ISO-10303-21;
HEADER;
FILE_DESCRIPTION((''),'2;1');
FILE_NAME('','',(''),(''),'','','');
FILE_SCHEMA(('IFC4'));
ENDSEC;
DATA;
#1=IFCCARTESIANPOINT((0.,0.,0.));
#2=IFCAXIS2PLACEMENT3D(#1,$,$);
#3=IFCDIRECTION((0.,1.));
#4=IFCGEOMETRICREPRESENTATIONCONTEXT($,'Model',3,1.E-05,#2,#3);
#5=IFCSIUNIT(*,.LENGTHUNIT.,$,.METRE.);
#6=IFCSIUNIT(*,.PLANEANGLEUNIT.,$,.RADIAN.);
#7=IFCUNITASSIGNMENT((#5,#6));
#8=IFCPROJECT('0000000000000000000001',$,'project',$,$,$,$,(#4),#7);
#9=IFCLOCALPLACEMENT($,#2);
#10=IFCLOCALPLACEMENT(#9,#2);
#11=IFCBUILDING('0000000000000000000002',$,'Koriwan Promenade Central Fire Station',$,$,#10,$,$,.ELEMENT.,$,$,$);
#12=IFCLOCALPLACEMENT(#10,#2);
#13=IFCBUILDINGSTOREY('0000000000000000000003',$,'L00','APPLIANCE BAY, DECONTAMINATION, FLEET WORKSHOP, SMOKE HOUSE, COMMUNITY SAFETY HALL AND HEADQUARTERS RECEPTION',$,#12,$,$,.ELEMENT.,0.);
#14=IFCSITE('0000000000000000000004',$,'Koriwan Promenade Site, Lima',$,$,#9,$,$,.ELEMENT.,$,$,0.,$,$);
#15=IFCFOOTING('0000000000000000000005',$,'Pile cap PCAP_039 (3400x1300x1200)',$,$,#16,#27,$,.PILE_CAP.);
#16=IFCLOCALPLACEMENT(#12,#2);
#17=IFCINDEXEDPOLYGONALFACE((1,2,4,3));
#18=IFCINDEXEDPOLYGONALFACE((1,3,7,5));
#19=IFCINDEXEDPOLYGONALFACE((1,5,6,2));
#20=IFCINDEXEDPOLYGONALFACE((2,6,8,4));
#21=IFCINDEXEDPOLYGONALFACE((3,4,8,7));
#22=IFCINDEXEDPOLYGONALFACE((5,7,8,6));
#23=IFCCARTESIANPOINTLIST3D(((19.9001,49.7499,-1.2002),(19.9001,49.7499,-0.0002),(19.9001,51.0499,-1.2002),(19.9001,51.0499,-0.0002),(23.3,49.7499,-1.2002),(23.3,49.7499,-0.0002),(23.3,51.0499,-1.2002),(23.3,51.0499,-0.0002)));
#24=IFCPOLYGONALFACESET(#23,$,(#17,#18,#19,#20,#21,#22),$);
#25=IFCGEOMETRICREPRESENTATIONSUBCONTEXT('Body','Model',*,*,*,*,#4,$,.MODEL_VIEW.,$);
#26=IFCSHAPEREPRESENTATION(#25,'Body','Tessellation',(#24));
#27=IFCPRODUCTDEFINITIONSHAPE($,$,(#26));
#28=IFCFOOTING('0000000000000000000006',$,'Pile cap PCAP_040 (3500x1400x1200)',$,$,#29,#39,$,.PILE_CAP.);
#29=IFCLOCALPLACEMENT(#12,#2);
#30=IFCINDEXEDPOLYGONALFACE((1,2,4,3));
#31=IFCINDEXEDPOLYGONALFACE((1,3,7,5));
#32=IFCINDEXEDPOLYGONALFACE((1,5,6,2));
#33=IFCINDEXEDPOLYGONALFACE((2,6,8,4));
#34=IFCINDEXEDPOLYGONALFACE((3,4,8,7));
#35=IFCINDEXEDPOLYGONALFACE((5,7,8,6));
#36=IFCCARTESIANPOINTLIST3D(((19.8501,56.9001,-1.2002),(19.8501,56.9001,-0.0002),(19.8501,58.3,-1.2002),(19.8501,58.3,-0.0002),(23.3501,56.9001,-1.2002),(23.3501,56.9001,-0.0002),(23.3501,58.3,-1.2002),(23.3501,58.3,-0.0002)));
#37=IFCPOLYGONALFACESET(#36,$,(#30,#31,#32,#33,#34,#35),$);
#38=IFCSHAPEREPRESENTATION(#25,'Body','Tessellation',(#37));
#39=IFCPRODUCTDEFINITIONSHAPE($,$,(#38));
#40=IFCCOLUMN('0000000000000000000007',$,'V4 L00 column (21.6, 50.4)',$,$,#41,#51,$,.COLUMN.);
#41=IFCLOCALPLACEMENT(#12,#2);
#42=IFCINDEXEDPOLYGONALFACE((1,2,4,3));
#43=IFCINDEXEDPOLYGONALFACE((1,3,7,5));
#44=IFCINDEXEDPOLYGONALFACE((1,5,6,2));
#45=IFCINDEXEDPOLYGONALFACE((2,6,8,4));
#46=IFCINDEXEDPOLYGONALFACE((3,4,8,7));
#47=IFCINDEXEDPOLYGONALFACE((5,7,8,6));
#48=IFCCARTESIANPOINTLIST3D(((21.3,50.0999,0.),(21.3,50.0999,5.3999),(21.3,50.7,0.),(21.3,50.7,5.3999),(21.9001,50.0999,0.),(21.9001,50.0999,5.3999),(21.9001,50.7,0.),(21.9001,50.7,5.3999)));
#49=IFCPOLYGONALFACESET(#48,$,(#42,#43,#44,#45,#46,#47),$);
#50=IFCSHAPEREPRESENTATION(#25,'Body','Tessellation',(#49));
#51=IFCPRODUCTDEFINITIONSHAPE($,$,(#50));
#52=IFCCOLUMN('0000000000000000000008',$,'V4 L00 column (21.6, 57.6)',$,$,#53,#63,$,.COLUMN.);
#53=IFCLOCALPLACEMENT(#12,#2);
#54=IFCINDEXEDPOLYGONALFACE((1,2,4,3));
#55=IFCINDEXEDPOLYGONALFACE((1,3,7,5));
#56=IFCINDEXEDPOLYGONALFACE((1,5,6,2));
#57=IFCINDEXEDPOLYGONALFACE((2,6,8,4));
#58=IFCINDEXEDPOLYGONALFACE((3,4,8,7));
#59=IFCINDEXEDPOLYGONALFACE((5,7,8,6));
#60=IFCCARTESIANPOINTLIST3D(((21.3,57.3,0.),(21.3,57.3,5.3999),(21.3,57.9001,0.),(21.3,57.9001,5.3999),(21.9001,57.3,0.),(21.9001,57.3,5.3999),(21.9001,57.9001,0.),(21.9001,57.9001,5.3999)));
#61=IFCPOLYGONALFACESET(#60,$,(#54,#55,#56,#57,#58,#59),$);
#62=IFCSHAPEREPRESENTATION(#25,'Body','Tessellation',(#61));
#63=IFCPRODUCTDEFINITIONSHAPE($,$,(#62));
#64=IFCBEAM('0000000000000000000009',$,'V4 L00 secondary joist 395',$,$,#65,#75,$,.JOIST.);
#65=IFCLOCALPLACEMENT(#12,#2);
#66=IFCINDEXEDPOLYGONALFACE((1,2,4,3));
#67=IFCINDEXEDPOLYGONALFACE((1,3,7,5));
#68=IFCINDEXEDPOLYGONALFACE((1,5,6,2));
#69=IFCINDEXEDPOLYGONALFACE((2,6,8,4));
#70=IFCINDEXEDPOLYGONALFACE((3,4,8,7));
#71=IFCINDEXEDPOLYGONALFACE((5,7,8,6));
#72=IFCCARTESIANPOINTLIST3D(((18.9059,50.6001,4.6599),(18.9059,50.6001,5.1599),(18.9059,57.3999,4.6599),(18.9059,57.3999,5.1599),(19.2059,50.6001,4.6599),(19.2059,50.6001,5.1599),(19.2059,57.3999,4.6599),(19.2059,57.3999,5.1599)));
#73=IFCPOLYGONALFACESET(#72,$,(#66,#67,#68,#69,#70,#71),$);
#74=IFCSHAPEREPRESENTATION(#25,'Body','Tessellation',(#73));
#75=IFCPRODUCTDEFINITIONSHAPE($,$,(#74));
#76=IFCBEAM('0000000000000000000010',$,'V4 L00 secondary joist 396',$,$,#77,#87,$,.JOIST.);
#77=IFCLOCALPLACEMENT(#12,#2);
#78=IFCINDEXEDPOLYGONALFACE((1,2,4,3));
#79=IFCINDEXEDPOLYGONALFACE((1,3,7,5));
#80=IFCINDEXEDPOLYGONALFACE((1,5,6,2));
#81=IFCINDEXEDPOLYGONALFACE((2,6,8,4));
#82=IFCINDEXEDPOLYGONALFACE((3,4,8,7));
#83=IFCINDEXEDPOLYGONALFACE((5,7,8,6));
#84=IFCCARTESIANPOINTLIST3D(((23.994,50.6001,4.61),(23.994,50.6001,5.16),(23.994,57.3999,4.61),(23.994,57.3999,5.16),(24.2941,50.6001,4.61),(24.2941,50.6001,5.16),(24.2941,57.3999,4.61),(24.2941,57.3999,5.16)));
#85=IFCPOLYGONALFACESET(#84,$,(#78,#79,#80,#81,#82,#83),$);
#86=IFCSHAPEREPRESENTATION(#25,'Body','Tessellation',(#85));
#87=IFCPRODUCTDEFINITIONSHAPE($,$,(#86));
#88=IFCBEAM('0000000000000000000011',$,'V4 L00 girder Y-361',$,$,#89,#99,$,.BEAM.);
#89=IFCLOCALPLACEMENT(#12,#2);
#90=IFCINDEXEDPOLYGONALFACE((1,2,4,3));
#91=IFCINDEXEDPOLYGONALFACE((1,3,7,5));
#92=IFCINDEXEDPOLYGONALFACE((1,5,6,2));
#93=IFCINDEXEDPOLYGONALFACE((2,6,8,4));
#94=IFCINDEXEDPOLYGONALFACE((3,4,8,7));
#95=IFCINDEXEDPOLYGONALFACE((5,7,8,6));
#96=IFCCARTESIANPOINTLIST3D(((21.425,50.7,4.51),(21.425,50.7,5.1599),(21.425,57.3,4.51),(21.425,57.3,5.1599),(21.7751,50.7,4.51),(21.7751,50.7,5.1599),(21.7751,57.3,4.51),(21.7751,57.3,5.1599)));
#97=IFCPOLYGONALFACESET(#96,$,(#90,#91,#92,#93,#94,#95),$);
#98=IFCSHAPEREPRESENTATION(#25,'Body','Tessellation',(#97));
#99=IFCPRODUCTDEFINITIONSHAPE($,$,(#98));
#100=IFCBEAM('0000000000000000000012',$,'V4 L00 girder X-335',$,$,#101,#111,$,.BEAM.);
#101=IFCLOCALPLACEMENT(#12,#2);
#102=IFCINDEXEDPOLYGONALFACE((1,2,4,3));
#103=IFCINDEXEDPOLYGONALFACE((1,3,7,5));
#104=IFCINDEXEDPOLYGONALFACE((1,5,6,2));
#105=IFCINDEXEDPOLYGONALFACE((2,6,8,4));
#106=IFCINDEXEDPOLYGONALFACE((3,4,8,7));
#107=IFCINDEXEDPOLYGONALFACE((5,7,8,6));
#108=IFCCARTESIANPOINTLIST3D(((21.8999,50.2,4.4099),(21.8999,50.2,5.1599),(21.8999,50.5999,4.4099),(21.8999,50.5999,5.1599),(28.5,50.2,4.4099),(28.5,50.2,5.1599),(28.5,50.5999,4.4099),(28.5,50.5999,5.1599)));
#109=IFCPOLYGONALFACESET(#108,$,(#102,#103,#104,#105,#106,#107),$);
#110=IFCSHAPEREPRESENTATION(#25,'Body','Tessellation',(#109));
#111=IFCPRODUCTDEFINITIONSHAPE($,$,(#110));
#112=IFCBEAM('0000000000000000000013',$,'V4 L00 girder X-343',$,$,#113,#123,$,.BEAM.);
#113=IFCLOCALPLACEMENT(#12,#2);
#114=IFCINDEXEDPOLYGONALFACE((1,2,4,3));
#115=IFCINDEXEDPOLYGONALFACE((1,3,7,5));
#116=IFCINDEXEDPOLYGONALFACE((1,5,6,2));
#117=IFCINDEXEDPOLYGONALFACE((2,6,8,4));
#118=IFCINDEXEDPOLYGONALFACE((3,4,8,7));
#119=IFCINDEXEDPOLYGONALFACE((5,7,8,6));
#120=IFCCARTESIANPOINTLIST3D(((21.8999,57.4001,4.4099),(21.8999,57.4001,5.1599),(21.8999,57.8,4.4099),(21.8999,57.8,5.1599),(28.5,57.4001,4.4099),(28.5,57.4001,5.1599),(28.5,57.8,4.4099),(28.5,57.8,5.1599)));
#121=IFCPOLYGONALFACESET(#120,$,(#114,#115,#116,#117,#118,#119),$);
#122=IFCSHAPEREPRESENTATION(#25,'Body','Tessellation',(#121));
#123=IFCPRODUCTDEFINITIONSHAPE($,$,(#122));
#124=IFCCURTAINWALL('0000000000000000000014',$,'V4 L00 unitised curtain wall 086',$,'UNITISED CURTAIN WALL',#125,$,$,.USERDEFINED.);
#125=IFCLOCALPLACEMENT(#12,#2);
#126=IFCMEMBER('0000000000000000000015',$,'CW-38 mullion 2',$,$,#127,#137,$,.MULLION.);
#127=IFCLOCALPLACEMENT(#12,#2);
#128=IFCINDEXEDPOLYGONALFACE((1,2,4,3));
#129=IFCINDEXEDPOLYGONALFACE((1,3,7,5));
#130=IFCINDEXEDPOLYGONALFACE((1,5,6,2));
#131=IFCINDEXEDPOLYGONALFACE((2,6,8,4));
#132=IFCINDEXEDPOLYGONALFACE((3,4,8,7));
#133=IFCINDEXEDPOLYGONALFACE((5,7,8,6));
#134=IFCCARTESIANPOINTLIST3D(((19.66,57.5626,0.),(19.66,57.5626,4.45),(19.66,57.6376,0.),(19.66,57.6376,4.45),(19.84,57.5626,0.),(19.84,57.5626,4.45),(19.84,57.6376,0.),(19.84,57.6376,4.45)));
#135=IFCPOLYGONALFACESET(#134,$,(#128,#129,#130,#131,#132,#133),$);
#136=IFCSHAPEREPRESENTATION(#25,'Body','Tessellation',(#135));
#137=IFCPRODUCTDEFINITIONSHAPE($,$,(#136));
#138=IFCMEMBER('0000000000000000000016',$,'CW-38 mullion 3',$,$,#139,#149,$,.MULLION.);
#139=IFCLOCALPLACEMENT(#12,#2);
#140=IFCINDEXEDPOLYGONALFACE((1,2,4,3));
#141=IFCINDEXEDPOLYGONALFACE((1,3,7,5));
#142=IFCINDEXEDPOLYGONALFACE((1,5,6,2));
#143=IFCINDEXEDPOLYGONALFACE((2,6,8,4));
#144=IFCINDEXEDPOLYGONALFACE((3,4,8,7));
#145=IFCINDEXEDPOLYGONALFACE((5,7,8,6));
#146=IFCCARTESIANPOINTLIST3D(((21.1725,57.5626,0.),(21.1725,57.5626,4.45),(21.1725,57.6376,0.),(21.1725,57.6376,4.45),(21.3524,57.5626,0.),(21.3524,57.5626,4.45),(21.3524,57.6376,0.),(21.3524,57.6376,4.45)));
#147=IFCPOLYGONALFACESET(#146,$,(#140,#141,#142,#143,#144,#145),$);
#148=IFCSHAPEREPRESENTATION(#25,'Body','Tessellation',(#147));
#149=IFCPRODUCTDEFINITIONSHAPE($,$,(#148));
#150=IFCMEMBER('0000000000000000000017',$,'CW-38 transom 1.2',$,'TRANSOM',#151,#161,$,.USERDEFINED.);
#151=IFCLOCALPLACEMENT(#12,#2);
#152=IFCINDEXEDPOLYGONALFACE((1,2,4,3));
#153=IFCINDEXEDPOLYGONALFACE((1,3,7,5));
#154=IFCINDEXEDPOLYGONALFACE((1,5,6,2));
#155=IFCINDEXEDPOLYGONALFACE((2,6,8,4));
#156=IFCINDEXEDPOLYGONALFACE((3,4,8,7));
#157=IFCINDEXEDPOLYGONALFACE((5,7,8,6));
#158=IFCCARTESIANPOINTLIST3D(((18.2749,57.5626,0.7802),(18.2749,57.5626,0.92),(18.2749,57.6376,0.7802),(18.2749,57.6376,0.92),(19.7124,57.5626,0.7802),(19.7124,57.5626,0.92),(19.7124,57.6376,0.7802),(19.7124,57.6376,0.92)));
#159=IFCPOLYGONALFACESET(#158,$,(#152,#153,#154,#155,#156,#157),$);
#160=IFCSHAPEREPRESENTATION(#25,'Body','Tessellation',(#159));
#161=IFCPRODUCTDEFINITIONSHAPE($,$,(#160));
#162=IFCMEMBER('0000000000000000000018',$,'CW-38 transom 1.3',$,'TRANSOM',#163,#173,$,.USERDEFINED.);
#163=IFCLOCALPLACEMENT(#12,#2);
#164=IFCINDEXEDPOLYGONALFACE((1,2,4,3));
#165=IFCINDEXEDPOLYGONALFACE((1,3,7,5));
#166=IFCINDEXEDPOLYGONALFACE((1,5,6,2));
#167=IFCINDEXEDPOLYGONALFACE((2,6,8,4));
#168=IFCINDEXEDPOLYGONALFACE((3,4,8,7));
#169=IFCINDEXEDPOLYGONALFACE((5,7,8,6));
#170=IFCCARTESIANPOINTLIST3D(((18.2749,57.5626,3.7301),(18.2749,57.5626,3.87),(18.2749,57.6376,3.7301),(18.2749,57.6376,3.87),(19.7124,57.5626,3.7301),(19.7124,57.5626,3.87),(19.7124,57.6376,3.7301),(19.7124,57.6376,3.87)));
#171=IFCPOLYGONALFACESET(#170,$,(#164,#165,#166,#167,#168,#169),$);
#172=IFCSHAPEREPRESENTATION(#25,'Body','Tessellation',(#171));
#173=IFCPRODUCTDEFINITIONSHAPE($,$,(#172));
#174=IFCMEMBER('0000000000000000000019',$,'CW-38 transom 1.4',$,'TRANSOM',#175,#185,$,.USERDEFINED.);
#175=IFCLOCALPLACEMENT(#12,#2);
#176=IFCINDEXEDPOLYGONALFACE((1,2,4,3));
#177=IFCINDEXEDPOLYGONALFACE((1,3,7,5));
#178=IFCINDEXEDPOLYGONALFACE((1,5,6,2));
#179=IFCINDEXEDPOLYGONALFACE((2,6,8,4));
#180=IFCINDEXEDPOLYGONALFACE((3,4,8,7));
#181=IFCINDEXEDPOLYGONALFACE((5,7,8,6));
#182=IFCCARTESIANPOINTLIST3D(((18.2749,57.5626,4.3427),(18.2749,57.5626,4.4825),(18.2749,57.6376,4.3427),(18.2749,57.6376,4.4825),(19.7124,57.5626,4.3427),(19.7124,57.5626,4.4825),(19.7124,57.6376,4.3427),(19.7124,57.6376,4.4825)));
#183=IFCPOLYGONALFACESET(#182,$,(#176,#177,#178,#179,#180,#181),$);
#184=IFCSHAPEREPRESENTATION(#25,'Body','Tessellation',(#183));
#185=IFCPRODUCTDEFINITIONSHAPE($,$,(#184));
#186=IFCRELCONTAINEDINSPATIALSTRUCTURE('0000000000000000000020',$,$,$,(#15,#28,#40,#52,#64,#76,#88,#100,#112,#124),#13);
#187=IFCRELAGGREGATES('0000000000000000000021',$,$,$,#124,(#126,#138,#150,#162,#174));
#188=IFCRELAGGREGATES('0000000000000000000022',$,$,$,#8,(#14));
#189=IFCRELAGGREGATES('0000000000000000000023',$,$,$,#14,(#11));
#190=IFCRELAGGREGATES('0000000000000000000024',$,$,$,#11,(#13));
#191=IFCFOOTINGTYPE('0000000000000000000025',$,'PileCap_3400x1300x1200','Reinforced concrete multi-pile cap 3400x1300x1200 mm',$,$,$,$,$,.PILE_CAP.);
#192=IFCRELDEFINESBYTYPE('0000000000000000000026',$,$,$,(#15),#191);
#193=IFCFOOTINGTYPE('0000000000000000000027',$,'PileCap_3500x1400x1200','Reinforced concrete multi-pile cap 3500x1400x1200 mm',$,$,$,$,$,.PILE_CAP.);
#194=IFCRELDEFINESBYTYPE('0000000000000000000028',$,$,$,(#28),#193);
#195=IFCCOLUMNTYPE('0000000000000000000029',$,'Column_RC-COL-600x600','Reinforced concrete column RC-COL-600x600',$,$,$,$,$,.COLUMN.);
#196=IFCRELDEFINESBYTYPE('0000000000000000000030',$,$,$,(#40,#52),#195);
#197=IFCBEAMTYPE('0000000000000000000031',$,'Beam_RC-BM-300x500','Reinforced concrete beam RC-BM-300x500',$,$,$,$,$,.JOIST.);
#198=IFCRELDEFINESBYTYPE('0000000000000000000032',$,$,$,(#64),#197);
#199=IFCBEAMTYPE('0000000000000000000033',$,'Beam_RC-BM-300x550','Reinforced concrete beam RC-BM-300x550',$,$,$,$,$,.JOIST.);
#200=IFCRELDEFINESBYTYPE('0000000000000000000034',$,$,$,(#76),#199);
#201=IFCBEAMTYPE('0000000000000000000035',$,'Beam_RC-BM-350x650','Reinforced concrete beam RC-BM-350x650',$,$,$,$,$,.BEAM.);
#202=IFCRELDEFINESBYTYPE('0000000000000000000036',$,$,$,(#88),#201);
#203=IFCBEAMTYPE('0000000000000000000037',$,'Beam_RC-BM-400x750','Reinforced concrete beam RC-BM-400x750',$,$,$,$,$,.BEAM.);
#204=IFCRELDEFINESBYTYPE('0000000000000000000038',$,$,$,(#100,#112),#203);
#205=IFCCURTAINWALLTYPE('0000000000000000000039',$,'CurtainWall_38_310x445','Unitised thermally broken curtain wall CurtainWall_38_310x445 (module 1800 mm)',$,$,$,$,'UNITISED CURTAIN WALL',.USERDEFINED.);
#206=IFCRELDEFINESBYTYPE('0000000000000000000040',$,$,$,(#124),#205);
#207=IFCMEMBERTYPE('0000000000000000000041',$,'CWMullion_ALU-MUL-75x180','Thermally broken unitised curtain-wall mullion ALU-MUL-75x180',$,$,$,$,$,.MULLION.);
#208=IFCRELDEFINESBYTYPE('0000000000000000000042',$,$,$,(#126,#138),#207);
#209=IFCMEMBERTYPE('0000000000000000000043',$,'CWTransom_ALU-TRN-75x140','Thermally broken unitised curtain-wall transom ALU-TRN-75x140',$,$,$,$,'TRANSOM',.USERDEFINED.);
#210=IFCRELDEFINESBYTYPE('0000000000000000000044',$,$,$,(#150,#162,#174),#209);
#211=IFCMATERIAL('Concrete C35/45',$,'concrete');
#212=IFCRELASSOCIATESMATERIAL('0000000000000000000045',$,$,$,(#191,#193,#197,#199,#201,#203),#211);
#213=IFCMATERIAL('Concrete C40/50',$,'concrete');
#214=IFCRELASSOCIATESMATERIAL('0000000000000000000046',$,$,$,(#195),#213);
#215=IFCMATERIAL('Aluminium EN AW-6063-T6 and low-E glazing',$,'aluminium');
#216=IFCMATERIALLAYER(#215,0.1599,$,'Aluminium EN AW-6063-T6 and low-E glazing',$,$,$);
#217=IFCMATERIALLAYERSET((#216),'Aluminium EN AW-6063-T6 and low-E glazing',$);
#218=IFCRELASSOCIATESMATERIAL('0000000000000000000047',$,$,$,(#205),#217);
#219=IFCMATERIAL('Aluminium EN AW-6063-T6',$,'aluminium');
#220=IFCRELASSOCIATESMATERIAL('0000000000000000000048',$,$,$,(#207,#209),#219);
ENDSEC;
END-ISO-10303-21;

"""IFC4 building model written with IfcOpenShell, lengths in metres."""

from ifc_helpers import new_model, si_unit, direction, frame, origin, origin_2d, place, context, subcontext, project, spatial, rectangle, extrude, material, layer, layer_set, material_profile, profile_set, type_object, element, aggregate, save


model = new_model("IFC4")

# Units and contexts
model_context = context("Model", 3, precision=1e-05, world=origin(), true_north=direction((0.0, 1.0)))
body_context = subcontext(model_context, "Body", "Model", "MODEL_VIEW")
ifc_project = project(units=[si_unit("LENGTHUNIT", "METRE"), si_unit("PLANEANGLEUNIT", "RADIAN")], contexts=[model_context])

# Site, building, storey
site_placement = place(None, origin())
site = spatial("IfcSite", under=ifc_project, at=site_placement, Name="Koriwan Promenade Site, Lima", CompositionType="ELEMENT", RefElevation=0.0)
building_placement = place(site_placement, origin())
building = spatial("IfcBuilding", under=site, at=building_placement, Name="Koriwan Promenade Central Fire Station", CompositionType="ELEMENT")
storey_placement = place(building_placement, origin())
storey = spatial("IfcBuildingStorey", under=building, at=storey_placement, Name="L00", Description="APPLIANCE BAY, DECONTAMINATION, FLEET WORKSHOP, SMOKE HOUSE, COMMUNITY SAFETY HALL AND HEADQUARTERS RECEPTION", CompositionType="ELEMENT", Elevation=0.0)

# Shared definitions
ifc_material_1 = material(Name="Concrete C35/45", Category="concrete")

# Footings
footing_type_1 = type_object("IfcFootingType", Name="PileCap_3400x1300x1200", Description="Reinforced concrete multi-pile cap 3400x1300x1200 mm", PredefinedType="PILE_CAP", material=ifc_material_1)
footing_1_placement = place(storey_placement, frame((21.6001, 50.3999, -1.2002), z_axis=(0.0, 0.0, 1.0), x_axis=(1.0, 0.0, 0.0)))
element("IfcFooting", 1, at=footing_1_placement, inside=storey, type_object=footing_type_1, Name="Pile cap PCAP_039 (3400x1300x1200)", PredefinedType="PILE_CAP", context=body_context, shape_type="SweptSolid", body=[
    extrude(rectangle(XDim=3.3999, YDim=1.3, at=origin_2d()), origin(), (0.0, 0.0, 1.0), 1.2),
])
footing_type_2 = type_object("IfcFootingType", Name="PileCap_3500x1400x1200", Description="Reinforced concrete multi-pile cap 3500x1400x1200 mm", PredefinedType="PILE_CAP", material=ifc_material_1)
footing_2_placement = place(storey_placement, frame((21.6001, 57.6001, -1.2002), z_axis=(0.0, 0.0, 1.0), x_axis=(1.0, 0.0, 0.0)))
element("IfcFooting", 2, at=footing_2_placement, inside=storey, type_object=footing_type_2, Name="Pile cap PCAP_040 (3500x1400x1200)", PredefinedType="PILE_CAP", context=body_context, shape_type="SweptSolid", body=[
    extrude(rectangle(XDim=3.5, YDim=1.3999, at=origin_2d()), origin(), (0.0, 0.0, 1.0), 1.2),
])

# Columns
ifc_material_2 = material(Name="Concrete C40/50", Category="concrete")
ifc_material_profile_1 = material_profile(ifc_material_2, rectangle(XDim=0.6001, YDim=0.6001, at=origin_2d()), Name="RC-COL-600x600")
ifc_profile_set_1 = profile_set([ifc_material_profile_1], Name="Concrete C40/50")
column_type = type_object("IfcColumnType", Name="Column_RC-COL-600x600", Description="Reinforced concrete column RC-COL-600x600", PredefinedType="COLUMN", material=ifc_profile_set_1)
for number, where, z_axis, x_axis, name in (
    (3, (21.6001, 50.3999, 0.0), (0.0, 0.0, 1.0), (1.0, 0.0, 0.0), "V4 L00 column (21.6, 50.4)"),
    (4, (21.6001, 57.6001, 0.0), (0.0, 0.0, 1.0), (1.0, 0.0, 0.0), "V4 L00 column (21.6, 57.6)"),
):
    element("IfcColumn", number, at=place(storey_placement, frame(where, z_axis=z_axis, x_axis=x_axis)), inside=storey, type_object=column_type, Name=name, PredefinedType="COLUMN", context=body_context, shape_type="SweptSolid", body=[
        extrude(rectangle(XDim=0.6001, YDim=0.6001, at=origin_2d()), origin(), (0.0, 0.0, 1.0), 5.3999),
    ])

# Beams
ifc_material_profile_2 = material_profile(ifc_material_1, rectangle(XDim=0.3, YDim=0.5, at=origin_2d()), Name="RC-BM-300x500")
ifc_profile_set_2 = profile_set([ifc_material_profile_2], Name="Concrete C35/45")
beam_type_1 = type_object("IfcBeamType", Name="Beam_RC-BM-300x500", Description="Reinforced concrete beam RC-BM-300x500", PredefinedType="JOIST", material=ifc_profile_set_2)
beam_1_placement = place(storey_placement, frame((19.0559, 50.6001, 4.9099), z_axis=(0.0, 1.0, 0.0), x_axis=(-1.0, 0.0, 0.0)))
element("IfcBeam", 5, at=beam_1_placement, inside=storey, type_object=beam_type_1, Name="V4 L00 secondary joist 395", PredefinedType="JOIST", context=body_context, shape_type="SweptSolid", body=[
    extrude(rectangle(XDim=0.3, YDim=0.5, at=origin_2d()), origin(), (0.0, 0.0, 1.0), 6.7998),
])
ifc_material_profile_3 = material_profile(ifc_material_1, rectangle(XDim=0.3, YDim=0.55, at=origin_2d()), Name="RC-BM-300x550")
ifc_profile_set_3 = profile_set([ifc_material_profile_3], Name="Concrete C35/45")
beam_type_2 = type_object("IfcBeamType", Name="Beam_RC-BM-300x550", Description="Reinforced concrete beam RC-BM-300x550", PredefinedType="JOIST", material=ifc_profile_set_3)
beam_2_placement = place(storey_placement, frame((24.144, 50.6001, 4.885), z_axis=(0.0, 1.0, 0.0), x_axis=(-1.0, 0.0, 0.0)))
element("IfcBeam", 6, at=beam_2_placement, inside=storey, type_object=beam_type_2, Name="V4 L00 secondary joist 396", PredefinedType="JOIST", context=body_context, shape_type="SweptSolid", body=[
    extrude(rectangle(XDim=0.3, YDim=0.55, at=origin_2d()), origin(), (0.0, 0.0, 1.0), 6.7998),
])
ifc_material_profile_4 = material_profile(ifc_material_1, rectangle(XDim=0.3501, YDim=0.6499, at=origin_2d()), Name="RC-BM-350x650")
ifc_profile_set_4 = profile_set([ifc_material_profile_4], Name="Concrete C35/45")
beam_type_3 = type_object("IfcBeamType", Name="Beam_RC-BM-350x650", Description="Reinforced concrete beam RC-BM-350x650", PredefinedType="BEAM", material=ifc_profile_set_4)
beam_3_placement = place(storey_placement, frame((21.6001, 50.7, 4.835), z_axis=(0.0, 1.0, 0.0), x_axis=(-1.0, 0.0, 0.0)))
element("IfcBeam", 7, at=beam_3_placement, inside=storey, type_object=beam_type_3, Name="V4 L00 girder Y-361", PredefinedType="BEAM", context=body_context, shape_type="SweptSolid", body=[
    extrude(rectangle(XDim=0.3501, YDim=0.6499, at=origin_2d()), origin(), (0.0, 0.0, 1.0), 6.6001),
])
ifc_material_profile_5 = material_profile(ifc_material_1, rectangle(XDim=0.3999, YDim=0.75, at=origin_2d()), Name="RC-BM-400x750")
ifc_profile_set_5 = profile_set([ifc_material_profile_5], Name="Concrete C35/45")
beam_type_4 = type_object("IfcBeamType", Name="Beam_RC-BM-400x750", Description="Reinforced concrete beam RC-BM-400x750", PredefinedType="BEAM", material=ifc_profile_set_5)
for number, where, z_axis, x_axis, name in (
    (8, (21.8999, 50.3999, 4.7849), (1.0, 0.0, 0.0), (0.0, 1.0, 0.0), "V4 L00 girder X-335"),
    (9, (21.8999, 57.6001, 4.7849), (1.0, 0.0, 0.0), (0.0, 1.0, 0.0), "V4 L00 girder X-343"),
):
    element("IfcBeam", number, at=place(storey_placement, frame(where, z_axis=z_axis, x_axis=x_axis)), inside=storey, type_object=beam_type_4, Name=name, PredefinedType="BEAM", context=body_context, shape_type="SweptSolid", body=[
        extrude(rectangle(XDim=0.3999, YDim=0.75, at=origin_2d()), origin(), (0.0, 0.0, 1.0), 6.6001),
    ])

# Curtain wall, members
ifc_material_3 = material(Name="Aluminium EN AW-6063-T6 and low-E glazing", Category="aluminium")
ifc_layer_1 = layer(ifc_material_3, 0.1599, Name="Aluminium EN AW-6063-T6 and low-E glazing")
ifc_layer_set_1 = layer_set([ifc_layer_1], Name="Aluminium EN AW-6063-T6 and low-E glazing")
curtain_wall_type = type_object("IfcCurtainWallType", Name="CurtainWall_38_310x445", Description="Unitised thermally broken curtain wall CurtainWall_38_310x445 (module 1800 mm)", ElementType="UNITISED CURTAIN WALL", PredefinedType="USERDEFINED", material=ifc_layer_set_1)
curtain_wall_placement = place(storey_placement, origin())
curtain_wall = element("IfcCurtainWall", 10, at=curtain_wall_placement, inside=storey, type_object=curtain_wall_type, Name="V4 L00 unitised curtain wall 086", ObjectType="UNITISED CURTAIN WALL", PredefinedType="USERDEFINED")
ifc_material_4 = material(Name="Aluminium EN AW-6063-T6", Category="aluminium")
ifc_material_profile_6 = material_profile(ifc_material_4, rectangle(XDim=0.075, YDim=0.1799, at=origin_2d()), Name="ALU-MUL-75x180")
ifc_profile_set_6 = profile_set([ifc_material_profile_6], Name="Aluminium EN AW-6063-T6")
member_type_1 = type_object("IfcMemberType", Name="CWMullion_ALU-MUL-75x180", Description="Thermally broken unitised curtain-wall mullion ALU-MUL-75x180", PredefinedType="MULLION", material=ifc_profile_set_6)
member_1_placement = place(storey_placement, frame((19.75, 57.6001, 0.0), z_axis=(0.0, 0.0, 1.0), x_axis=(0.0, 1.0, 0.0)))
member_1 = element("IfcMember", 11, at=member_1_placement, type_object=member_type_1, Name="CW-38 mullion 2", PredefinedType="MULLION", context=body_context, shape_type="SweptSolid", body=[
    extrude(rectangle(XDim=0.075, YDim=0.1799, at=origin_2d()), origin(), (0.0, 0.0, 1.0), 4.45),
])
member_2_placement = place(storey_placement, frame((21.2625, 57.6001, 0.0), z_axis=(0.0, 0.0, 1.0), x_axis=(0.0, 1.0, 0.0)))
member_2 = element("IfcMember", 12, at=member_2_placement, type_object=member_type_1, Name="CW-38 mullion 3", PredefinedType="MULLION", context=body_context, shape_type="SweptSolid", body=[
    extrude(rectangle(XDim=0.075, YDim=0.1799, at=origin_2d()), origin(), (0.0, 0.0, 1.0), 4.45),
])
ifc_material_profile_7 = material_profile(ifc_material_4, rectangle(XDim=0.075, YDim=0.1399, at=origin_2d()), Name="ALU-TRN-75x140")
ifc_profile_set_7 = profile_set([ifc_material_profile_7], Name="Aluminium EN AW-6063-T6")
member_type_2 = type_object("IfcMemberType", Name="CWTransom_ALU-TRN-75x140", Description="Thermally broken unitised curtain-wall transom ALU-TRN-75x140", ElementType="TRANSOM", PredefinedType="USERDEFINED", material=ifc_profile_set_7)
member_3_placement = place(storey_placement, frame((18.2749, 57.6001, 0.8501), z_axis=(1.0, 0.0, 0.0), x_axis=(0.0, 1.0, 0.0)))
member_3 = element("IfcMember", 13, at=member_3_placement, type_object=member_type_2, Name="CW-38 transom 1.2", ObjectType="TRANSOM", PredefinedType="USERDEFINED", context=body_context, shape_type="SweptSolid", body=[
    extrude(rectangle(XDim=0.075, YDim=0.1399, at=origin_2d()), origin(), (0.0, 0.0, 1.0), 1.4375),
])
member_4_placement = place(storey_placement, frame((18.2749, 57.6001, 3.8), z_axis=(1.0, 0.0, 0.0), x_axis=(0.0, 1.0, 0.0)))
member_4 = element("IfcMember", 14, at=member_4_placement, type_object=member_type_2, Name="CW-38 transom 1.3", ObjectType="TRANSOM", PredefinedType="USERDEFINED", context=body_context, shape_type="SweptSolid", body=[
    extrude(rectangle(XDim=0.075, YDim=0.1399, at=origin_2d()), origin(), (0.0, 0.0, 1.0), 1.4375),
])
member_5_placement = place(storey_placement, frame((18.2749, 57.6001, 4.4126), z_axis=(1.0, 0.0, 0.0), x_axis=(0.0, 1.0, 0.0)))
member_5 = element("IfcMember", 15, at=member_5_placement, type_object=member_type_2, Name="CW-38 transom 1.4", ObjectType="TRANSOM", PredefinedType="USERDEFINED", context=body_context, shape_type="SweptSolid", body=[
    extrude(rectangle(XDim=0.075, YDim=0.1399, at=origin_2d()), origin(), (0.0, 0.0, 1.0), 1.4375),
])
aggregate(curtain_wall, [member_1, member_2, member_3, member_4, member_5])

save(model, "model.ifc")
